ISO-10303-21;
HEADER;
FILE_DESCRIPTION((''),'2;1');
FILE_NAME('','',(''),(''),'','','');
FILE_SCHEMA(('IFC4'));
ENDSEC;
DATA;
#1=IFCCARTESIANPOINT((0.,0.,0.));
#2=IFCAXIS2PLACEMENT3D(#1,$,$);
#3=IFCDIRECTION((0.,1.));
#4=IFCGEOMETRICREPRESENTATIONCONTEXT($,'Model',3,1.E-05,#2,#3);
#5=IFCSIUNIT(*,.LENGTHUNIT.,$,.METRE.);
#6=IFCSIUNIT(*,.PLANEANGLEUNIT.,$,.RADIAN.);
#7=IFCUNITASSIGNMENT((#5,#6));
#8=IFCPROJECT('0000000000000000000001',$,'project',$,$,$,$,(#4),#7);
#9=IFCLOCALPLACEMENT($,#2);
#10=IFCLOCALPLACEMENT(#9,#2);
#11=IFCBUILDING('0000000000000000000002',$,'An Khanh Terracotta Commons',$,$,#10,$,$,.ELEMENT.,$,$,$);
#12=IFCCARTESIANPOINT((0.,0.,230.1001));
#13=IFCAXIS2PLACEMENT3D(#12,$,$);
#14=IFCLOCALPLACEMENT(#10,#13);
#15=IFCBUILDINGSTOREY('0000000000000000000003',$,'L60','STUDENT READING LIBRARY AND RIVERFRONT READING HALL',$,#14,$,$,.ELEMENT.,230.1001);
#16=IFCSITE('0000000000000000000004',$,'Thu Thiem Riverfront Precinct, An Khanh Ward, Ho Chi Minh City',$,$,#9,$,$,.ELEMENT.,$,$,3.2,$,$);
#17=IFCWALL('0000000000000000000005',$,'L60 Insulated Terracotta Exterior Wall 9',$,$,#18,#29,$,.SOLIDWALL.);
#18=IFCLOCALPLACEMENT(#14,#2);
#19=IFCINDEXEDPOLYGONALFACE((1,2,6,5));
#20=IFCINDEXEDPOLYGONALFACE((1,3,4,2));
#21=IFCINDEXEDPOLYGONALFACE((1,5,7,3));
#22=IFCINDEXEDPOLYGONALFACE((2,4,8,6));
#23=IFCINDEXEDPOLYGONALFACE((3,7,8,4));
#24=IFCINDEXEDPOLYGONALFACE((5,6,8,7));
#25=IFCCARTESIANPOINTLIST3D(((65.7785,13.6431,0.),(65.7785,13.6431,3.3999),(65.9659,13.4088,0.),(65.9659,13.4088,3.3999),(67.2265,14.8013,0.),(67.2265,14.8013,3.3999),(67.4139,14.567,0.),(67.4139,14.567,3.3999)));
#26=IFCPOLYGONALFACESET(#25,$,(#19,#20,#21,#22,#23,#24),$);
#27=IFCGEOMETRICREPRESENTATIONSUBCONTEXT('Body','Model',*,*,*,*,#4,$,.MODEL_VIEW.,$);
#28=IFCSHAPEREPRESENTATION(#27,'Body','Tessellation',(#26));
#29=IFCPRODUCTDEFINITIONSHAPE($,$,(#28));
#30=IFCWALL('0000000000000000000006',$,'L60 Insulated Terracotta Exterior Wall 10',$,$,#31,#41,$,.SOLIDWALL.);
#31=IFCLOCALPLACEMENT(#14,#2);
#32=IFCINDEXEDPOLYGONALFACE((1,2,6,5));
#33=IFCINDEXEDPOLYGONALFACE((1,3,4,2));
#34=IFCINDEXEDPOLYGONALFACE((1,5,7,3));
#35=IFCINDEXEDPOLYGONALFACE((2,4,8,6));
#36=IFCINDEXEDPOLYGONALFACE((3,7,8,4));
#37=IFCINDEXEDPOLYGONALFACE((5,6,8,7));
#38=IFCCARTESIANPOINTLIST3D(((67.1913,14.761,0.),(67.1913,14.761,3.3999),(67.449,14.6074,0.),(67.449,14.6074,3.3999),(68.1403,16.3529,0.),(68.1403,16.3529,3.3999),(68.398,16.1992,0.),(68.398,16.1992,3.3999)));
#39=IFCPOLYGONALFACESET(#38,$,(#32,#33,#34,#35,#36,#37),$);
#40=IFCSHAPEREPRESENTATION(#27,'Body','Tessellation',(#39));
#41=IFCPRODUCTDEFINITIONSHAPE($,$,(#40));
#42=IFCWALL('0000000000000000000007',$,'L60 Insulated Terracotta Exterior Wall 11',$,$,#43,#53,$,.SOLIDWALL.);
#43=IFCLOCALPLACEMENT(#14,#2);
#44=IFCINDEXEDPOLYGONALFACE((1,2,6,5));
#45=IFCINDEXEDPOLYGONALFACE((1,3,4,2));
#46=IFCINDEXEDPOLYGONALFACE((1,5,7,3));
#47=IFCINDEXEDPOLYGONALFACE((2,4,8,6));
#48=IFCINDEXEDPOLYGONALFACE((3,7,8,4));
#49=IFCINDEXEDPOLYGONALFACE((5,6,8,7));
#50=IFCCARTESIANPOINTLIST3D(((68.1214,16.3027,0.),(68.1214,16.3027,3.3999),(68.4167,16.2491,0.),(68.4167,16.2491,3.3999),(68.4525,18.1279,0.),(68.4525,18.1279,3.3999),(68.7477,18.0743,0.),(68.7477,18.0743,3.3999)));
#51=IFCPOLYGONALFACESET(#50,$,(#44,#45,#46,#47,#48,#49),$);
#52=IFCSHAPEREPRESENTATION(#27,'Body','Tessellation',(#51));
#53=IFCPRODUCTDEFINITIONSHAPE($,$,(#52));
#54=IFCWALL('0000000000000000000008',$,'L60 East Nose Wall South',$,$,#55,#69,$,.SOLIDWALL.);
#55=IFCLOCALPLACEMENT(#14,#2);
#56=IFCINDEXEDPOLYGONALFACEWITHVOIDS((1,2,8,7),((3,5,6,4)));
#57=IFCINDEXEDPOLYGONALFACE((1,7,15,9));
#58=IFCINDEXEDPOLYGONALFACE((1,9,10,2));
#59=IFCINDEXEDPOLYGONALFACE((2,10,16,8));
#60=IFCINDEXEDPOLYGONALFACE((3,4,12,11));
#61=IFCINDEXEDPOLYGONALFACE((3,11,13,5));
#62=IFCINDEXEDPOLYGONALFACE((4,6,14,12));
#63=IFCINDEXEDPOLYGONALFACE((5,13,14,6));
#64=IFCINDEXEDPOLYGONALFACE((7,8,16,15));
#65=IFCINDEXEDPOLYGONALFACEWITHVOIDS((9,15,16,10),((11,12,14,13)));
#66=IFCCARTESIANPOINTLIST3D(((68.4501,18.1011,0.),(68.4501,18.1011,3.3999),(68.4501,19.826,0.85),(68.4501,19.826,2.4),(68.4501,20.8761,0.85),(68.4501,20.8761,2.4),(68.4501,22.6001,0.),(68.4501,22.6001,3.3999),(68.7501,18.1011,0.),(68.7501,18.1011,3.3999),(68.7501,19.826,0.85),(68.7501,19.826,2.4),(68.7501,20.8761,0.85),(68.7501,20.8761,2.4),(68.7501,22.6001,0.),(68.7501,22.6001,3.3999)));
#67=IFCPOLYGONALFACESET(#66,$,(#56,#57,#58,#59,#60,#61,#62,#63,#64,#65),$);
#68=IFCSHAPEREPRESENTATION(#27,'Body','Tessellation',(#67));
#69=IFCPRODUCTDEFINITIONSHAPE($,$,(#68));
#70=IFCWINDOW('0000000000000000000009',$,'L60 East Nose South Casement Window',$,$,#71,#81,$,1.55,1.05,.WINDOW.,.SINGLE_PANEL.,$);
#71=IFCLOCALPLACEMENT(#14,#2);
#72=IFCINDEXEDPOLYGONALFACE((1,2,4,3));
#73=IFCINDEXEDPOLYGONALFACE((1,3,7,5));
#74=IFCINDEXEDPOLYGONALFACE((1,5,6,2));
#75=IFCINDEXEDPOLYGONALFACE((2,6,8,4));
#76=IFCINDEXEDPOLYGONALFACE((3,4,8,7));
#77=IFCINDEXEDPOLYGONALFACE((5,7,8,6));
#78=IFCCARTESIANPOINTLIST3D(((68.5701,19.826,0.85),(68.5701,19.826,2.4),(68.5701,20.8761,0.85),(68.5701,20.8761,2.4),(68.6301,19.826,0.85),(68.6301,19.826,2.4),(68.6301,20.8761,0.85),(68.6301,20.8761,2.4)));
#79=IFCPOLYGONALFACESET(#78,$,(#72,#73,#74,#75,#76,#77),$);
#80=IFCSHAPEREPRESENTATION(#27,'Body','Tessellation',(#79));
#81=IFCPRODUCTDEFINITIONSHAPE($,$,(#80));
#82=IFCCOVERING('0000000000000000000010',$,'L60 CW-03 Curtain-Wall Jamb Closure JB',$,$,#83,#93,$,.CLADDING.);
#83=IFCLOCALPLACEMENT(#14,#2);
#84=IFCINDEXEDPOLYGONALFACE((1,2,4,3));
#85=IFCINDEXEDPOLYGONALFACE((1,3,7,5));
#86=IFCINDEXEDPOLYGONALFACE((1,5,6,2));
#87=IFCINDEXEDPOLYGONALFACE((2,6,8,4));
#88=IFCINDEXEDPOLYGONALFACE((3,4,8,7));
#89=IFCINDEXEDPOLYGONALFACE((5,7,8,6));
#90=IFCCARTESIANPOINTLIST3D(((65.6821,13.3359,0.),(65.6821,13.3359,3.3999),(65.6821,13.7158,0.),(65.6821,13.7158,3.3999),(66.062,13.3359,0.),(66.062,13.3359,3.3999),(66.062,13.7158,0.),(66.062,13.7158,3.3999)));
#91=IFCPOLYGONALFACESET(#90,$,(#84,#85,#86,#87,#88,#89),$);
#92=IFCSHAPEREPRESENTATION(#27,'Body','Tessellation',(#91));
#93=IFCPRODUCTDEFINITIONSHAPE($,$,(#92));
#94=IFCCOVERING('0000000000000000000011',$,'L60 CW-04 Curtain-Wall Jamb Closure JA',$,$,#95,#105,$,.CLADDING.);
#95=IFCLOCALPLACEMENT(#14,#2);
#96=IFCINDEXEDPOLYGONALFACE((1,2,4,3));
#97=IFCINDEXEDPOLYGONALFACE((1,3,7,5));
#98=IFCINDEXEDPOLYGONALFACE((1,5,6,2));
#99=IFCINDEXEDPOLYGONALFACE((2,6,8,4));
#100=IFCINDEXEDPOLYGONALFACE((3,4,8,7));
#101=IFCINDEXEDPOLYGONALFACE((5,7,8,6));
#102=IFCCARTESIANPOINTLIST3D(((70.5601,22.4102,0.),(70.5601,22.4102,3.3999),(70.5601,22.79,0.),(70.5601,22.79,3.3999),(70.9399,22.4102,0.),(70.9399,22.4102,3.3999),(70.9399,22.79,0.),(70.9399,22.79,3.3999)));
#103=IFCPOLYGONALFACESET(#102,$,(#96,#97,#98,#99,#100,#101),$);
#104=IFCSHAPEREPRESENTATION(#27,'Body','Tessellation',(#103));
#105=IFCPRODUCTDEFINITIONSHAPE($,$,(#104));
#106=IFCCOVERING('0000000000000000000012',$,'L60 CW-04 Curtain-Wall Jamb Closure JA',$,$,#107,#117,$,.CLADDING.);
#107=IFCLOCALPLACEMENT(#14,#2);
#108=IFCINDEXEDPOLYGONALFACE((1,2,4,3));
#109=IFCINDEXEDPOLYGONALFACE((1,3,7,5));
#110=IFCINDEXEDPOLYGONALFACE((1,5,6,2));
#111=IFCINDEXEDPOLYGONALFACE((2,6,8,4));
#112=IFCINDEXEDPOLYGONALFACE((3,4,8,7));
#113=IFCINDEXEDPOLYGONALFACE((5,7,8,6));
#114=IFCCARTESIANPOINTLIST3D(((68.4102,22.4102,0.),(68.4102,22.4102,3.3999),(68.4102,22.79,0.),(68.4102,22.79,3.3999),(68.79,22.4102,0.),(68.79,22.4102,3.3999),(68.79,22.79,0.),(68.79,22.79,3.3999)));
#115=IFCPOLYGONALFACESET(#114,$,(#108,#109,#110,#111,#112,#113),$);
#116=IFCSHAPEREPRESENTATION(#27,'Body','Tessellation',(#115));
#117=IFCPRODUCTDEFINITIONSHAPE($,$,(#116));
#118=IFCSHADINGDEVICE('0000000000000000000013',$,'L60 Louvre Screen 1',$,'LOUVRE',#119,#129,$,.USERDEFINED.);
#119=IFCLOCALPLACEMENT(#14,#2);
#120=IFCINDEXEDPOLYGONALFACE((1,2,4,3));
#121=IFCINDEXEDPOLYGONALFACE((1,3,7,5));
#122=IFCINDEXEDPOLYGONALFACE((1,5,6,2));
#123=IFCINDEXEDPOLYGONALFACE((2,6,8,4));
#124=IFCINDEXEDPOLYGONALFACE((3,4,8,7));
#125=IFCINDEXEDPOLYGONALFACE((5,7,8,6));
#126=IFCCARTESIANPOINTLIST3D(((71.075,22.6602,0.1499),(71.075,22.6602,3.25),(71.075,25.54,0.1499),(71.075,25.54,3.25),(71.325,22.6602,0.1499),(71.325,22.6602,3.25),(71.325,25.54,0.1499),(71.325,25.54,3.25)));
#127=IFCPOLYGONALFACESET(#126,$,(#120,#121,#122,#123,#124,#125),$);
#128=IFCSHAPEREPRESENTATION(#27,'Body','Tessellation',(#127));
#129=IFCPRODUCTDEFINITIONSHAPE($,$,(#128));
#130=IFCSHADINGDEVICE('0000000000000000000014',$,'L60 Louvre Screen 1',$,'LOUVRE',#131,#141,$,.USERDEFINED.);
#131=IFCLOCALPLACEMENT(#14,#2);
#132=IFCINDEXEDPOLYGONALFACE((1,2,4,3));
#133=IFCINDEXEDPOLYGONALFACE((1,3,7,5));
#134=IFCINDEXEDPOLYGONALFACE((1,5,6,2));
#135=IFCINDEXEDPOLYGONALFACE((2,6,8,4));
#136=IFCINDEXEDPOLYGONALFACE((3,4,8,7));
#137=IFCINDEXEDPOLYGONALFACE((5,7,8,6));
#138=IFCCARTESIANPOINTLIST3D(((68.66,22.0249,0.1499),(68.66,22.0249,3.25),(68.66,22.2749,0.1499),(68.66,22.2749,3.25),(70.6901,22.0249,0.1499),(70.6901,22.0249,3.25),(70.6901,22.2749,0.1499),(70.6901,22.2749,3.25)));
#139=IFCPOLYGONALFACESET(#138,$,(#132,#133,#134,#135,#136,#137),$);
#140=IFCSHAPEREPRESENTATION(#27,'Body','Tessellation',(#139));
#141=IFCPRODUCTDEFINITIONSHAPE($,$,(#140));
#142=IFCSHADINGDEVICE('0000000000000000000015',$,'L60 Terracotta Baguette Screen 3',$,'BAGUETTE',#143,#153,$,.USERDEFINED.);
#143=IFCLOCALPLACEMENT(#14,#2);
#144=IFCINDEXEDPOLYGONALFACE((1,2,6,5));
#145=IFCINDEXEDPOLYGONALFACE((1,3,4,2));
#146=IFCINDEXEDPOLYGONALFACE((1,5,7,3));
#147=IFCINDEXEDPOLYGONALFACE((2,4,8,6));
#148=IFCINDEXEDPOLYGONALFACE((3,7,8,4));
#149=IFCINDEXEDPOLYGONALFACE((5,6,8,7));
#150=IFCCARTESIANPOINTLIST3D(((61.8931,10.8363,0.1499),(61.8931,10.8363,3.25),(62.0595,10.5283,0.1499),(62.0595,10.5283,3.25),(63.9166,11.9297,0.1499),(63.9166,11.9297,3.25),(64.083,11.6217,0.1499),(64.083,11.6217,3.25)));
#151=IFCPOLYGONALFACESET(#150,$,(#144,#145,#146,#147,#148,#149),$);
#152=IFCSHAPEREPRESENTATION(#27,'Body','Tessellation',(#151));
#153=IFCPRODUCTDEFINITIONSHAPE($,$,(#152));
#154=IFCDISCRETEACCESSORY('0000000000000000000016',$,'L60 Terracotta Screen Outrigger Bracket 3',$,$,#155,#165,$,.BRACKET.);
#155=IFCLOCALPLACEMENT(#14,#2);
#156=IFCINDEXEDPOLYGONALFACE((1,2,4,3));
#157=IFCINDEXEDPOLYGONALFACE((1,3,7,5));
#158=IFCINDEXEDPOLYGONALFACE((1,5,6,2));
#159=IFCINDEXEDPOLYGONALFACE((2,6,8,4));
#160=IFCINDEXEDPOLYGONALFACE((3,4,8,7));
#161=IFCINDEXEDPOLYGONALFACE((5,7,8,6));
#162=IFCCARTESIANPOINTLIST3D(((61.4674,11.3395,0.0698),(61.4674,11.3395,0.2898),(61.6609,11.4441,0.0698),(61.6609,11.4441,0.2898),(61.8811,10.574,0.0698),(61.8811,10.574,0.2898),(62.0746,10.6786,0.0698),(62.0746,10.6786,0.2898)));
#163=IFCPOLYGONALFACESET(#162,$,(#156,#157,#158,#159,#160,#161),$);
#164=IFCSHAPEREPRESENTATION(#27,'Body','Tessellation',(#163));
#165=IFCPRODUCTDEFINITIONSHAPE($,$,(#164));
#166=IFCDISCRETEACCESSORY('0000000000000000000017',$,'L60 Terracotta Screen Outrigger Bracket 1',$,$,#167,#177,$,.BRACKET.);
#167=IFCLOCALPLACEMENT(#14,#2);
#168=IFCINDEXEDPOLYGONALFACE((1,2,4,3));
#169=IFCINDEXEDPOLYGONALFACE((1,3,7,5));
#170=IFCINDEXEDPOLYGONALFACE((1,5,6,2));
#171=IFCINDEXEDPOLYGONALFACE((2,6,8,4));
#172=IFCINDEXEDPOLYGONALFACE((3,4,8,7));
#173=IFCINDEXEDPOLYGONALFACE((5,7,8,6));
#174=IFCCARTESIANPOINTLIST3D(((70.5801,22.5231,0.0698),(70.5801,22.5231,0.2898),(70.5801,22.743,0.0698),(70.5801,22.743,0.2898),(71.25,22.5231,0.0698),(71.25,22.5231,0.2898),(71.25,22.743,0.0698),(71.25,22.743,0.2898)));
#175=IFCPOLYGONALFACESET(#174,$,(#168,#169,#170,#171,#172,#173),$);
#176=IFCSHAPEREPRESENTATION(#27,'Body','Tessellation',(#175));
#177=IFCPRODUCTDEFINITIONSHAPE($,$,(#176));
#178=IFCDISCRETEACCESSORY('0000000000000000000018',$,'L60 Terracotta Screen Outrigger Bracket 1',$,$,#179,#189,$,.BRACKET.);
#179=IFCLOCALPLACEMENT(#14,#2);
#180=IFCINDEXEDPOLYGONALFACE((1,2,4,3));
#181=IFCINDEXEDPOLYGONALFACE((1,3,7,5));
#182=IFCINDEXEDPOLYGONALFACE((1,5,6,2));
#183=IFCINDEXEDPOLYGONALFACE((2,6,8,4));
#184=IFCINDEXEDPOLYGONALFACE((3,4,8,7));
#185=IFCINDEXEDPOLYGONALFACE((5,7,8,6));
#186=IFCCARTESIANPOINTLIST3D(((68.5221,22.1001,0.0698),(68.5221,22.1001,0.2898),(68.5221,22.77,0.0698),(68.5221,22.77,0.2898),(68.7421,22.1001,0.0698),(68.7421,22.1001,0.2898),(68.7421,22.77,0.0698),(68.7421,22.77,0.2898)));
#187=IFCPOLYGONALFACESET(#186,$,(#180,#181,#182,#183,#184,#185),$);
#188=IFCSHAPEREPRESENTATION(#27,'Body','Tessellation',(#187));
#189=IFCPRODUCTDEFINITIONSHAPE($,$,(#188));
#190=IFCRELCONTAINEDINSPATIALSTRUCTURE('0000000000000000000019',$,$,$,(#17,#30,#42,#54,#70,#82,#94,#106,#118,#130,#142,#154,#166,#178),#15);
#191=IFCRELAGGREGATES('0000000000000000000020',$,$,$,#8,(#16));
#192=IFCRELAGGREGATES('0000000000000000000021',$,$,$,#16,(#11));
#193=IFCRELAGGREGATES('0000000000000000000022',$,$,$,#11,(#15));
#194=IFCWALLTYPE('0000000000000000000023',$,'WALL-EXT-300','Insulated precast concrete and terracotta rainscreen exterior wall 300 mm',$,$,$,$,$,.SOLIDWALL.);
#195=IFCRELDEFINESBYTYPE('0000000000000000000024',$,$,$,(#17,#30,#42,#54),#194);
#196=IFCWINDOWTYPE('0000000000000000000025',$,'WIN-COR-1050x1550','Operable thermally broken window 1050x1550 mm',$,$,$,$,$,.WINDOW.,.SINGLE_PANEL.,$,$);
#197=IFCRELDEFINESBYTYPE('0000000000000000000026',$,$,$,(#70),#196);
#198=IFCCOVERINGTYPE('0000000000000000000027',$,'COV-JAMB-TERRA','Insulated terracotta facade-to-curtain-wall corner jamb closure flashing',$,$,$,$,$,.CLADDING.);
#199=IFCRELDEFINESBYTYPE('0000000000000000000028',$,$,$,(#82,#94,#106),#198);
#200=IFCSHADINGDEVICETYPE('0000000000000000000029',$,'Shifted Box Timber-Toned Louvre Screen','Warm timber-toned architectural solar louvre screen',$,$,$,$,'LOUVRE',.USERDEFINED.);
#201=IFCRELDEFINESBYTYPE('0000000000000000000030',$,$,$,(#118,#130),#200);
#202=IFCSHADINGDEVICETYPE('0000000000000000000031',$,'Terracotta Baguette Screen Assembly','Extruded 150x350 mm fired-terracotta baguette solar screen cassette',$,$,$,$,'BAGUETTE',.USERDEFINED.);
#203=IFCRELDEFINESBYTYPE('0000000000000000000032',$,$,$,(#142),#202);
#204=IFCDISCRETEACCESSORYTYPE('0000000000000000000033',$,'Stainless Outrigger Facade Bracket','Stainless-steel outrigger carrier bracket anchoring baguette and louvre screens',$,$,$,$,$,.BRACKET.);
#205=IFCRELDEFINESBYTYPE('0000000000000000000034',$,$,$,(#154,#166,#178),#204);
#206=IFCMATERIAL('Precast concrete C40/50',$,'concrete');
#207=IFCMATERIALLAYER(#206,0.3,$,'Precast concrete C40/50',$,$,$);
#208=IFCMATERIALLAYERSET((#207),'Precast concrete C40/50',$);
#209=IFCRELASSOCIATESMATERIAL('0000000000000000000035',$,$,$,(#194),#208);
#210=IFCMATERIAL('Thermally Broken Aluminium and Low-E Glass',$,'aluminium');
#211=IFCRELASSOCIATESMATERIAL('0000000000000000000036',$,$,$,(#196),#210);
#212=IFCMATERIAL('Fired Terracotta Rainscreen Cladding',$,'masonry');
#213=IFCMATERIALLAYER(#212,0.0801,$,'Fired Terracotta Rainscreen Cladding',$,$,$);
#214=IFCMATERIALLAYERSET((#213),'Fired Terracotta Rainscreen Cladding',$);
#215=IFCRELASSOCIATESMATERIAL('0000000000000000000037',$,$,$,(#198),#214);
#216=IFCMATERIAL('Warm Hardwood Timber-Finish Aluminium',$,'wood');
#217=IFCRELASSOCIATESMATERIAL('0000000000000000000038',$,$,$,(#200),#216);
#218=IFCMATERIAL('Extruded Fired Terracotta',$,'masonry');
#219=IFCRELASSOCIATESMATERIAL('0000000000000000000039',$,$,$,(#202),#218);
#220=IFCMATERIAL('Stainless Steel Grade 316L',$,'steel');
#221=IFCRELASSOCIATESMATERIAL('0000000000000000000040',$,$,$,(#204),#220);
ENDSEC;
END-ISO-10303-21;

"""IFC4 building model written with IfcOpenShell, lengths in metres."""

from ifc_helpers import new_model, si_unit, direction, frame, frame_2d, origin, origin_2d, place, context, subcontext, project, spatial, rectangle, extrude, material, layer, layer_set, type_object, element, fill, save


model = new_model("IFC4")

# Units and contexts
model_context = context("Model", 3, precision=1e-05, world=origin(), true_north=direction((0.0, 1.0)))
body_context = subcontext(model_context, "Body", "Model", "MODEL_VIEW")
ifc_project = project(units=[si_unit("LENGTHUNIT", "METRE"), si_unit("PLANEANGLEUNIT", "RADIAN")], contexts=[model_context])

# Site, building, storey
site_placement = place(None, origin())
site = spatial("IfcSite", under=ifc_project, at=site_placement, Name="Thu Thiem Riverfront Precinct, An Khanh Ward, Ho Chi Minh City", CompositionType="ELEMENT", RefElevation=3.2)
building_placement = place(site_placement, origin())
building = spatial("IfcBuilding", under=site, at=building_placement, Name="An Khanh Terracotta Commons", CompositionType="ELEMENT")
storey_placement = place(building_placement, frame((0.0, 0.0, 230.1001)))
storey = spatial("IfcBuildingStorey", under=building, at=storey_placement, Name="L60", Description="STUDENT READING LIBRARY AND RIVERFRONT READING HALL", CompositionType="ELEMENT", Elevation=230.1001)

# Walls
ifc_material_1 = material(Name="Precast concrete C40/50", Category="concrete")
ifc_layer_1 = layer(ifc_material_1, 0.3, Name="Precast concrete C40/50")
ifc_layer_set_1 = layer_set([ifc_layer_1], Name="Precast concrete C40/50")
wall_type = type_object("IfcWallType", Name="WALL-EXT-300", Description="Insulated precast concrete and terracotta rainscreen exterior wall 300 mm", PredefinedType="SOLIDWALL", material=ifc_layer_set_1)
wall_1_placement = place(storey_placement, frame((65.8721, 13.5259, 0.0), z_axis=(0.0, 0.0, 1.0), x_axis=(0.78092, 0.624631, 0.0)))
element("IfcWall", 1, at=wall_1_placement, inside=storey, type_object=wall_type, Name="L60 Insulated Terracotta Exterior Wall 9", PredefinedType="SOLIDWALL", context=body_context, shape_type="SweptSolid", body=[
    extrude(rectangle(XDim=1.8542, YDim=0.3, at=frame_2d((0.9272, 0.0))), origin(), (0.0, 0.0, 1.0), 3.3999),
])
wall_2_placement = place(storey_placement, frame((67.3201, 14.6841, 0.0), z_axis=(0.0, 0.0, 1.0), x_axis=(0.512072, 0.858943, 0.0)))
element("IfcWall", 2, at=wall_2_placement, inside=storey, type_object=wall_type, Name="L60 Insulated Terracotta Exterior Wall 10", PredefinedType="SOLIDWALL", context=body_context, shape_type="SweptSolid", body=[
    extrude(rectangle(XDim=1.8533, YDim=0.3, at=frame_2d((0.9268, 0.0))), origin(), (0.0, 0.0, 1.0), 3.3999),
])
wall_3_placement = place(storey_placement, frame((68.269, 16.2759, 0.0), z_axis=(0.0, 0.0, 1.0), x_axis=(0.178468, 0.983946, 0.0)))
element("IfcWall", 3, at=wall_3_placement, inside=storey, type_object=wall_type, Name="L60 Insulated Terracotta Exterior Wall 11", PredefinedType="SOLIDWALL", context=body_context, shape_type="SweptSolid", body=[
    extrude(rectangle(XDim=1.855, YDim=0.3, at=frame_2d((0.9275, 0.0))), origin(), (0.0, 0.0, 1.0), 3.3999),
])

# Wall, opening, window
wall_4_placement = place(storey_placement, frame((68.6001, 18.1011, 0.0), z_axis=(0.0, 0.0, 1.0), x_axis=(0.0, 1.0, 0.0)))
wall_4 = element("IfcWall", 4, at=wall_4_placement, inside=storey, type_object=wall_type, Name="L60 East Nose Wall South", PredefinedType="SOLIDWALL", context=body_context, shape_type="SweptSolid", body=[
    extrude(rectangle(XDim=4.499, YDim=0.3, at=frame_2d((2.2495, 0.0))), origin(), (0.0, 0.0, 1.0), 3.3999),
])
opening_placement = place(wall_4_placement, frame((1.7251, 0.0, 0.8501)))
opening = element("IfcOpeningElement", 5, at=opening_placement, cuts=wall_4, PredefinedType="OPENING", context=body_context, shape_type="SweptSolid", body=[
    extrude(rectangle(XDim=1.05, YDim=1.55, at=frame_2d((0.5249, 0.7749))), frame((0.0, 0.1599, 0.0), z_axis=(0.0, -1.0, 0.0), x_axis=(1.0, 0.0, 0.0)), (0.0, 0.0, 1.0), 0.3201),
])
ifc_material_2 = material(Name="Thermally Broken Aluminium and Low-E Glass", Category="aluminium")
window_type = type_object("IfcWindowType", Name="WIN-COR-1050x1550", Description="Operable thermally broken window 1050x1550 mm", PartitioningType="SINGLE_PANEL", PredefinedType="WINDOW", material=ifc_material_2)
window_placement = place(opening_placement, origin())
window = element("IfcWindow", 6, at=window_placement, inside=storey, type_object=window_type, Name="L60 East Nose South Casement Window", OverallHeight=1.55, OverallWidth=1.05, PartitioningType="SINGLE_PANEL", PredefinedType="WINDOW", context=body_context, shape_type="SweptSolid", body=[
    extrude(rectangle(XDim=1.05, YDim=1.55, at=frame_2d((0.5249, 0.7749))), frame((0.0, 0.03, 0.0), z_axis=(0.0, -1.0, 0.0), x_axis=(1.0, 0.0, 0.0)), (0.0, 0.0, 1.0), 0.0601),
])
fill(opening, window)

# Coverings
ifc_material_3 = material(Name="Fired Terracotta Rainscreen Cladding", Category="masonry")
ifc_layer_2 = layer(ifc_material_3, 0.0801, Name="Fired Terracotta Rainscreen Cladding")
ifc_layer_set_2 = layer_set([ifc_layer_2], Name="Fired Terracotta Rainscreen Cladding")
covering_type = type_object("IfcCoveringType", Name="COV-JAMB-TERRA", Description="Insulated terracotta facade-to-curtain-wall corner jamb closure flashing", PredefinedType="CLADDING", material=ifc_layer_set_2)
for number, where, z_axis, x_axis, name in (
    (7, (65.8721, 13.5259, 0.0), (0.0, 0.0, 1.0), (1.0, 0.0, 0.0), "L60 CW-03 Curtain-Wall Jamb Closure JB"),
    (8, (70.75, 22.6001, 0.0), (0.0, 0.0, 1.0), (1.0, 0.0, 0.0), "L60 CW-04 Curtain-Wall Jamb Closure JA"),
    (9, (68.6001, 22.6001, 0.0), (0.0, 0.0, 1.0), (1.0, 0.0, 0.0), "L60 CW-04 Curtain-Wall Jamb Closure JA"),
):
    element("IfcCovering", number, at=place(storey_placement, frame(where, z_axis=z_axis, x_axis=x_axis)), inside=storey, type_object=covering_type, Name=name, PredefinedType="CLADDING", context=body_context, shape_type="SweptSolid", body=[
        extrude(rectangle(XDim=0.3799, YDim=0.3799, at=origin_2d()), origin(), (0.0, 0.0, 1.0), 3.3999),
    ])

# Shading devices
ifc_material_4 = material(Name="Warm Hardwood Timber-Finish Aluminium", Category="wood")
shading_device_type_1 = type_object("IfcShadingDeviceType", Name="Shifted Box Timber-Toned Louvre Screen", Description="Warm timber-toned architectural solar louvre screen", ElementType="LOUVRE", PredefinedType="USERDEFINED", material=ifc_material_4)
shading_device_1_placement = place(storey_placement, frame((71.2, 24.1001, 0.1499), z_axis=(0.0, 0.0, 1.0), x_axis=(0.0, 1.0, 0.0)))
element("IfcShadingDevice", 10, at=shading_device_1_placement, inside=storey, type_object=shading_device_type_1, Name="L60 Louvre Screen 1", ObjectType="LOUVRE", PredefinedType="USERDEFINED", context=body_context, shape_type="SweptSolid", body=[
    extrude(rectangle(XDim=2.8799, YDim=0.25, at=origin_2d()), origin(), (0.0, 0.0, 1.0), 3.1001),
])
shading_device_2_placement = place(storey_placement, frame((69.675, 22.1499, 0.1499), z_axis=(0.0, 0.0, 1.0), x_axis=(1.0, 0.0, 0.0)))
element("IfcShadingDevice", 11, at=shading_device_2_placement, inside=storey, type_object=shading_device_type_1, Name="L60 Louvre Screen 1", ObjectType="LOUVRE", PredefinedType="USERDEFINED", context=body_context, shape_type="SweptSolid", body=[
    extrude(rectangle(XDim=2.03, YDim=0.25, at=origin_2d()), origin(), (0.0, 0.0, 1.0), 3.1001),
])
ifc_material_5 = material(Name="Extruded Fired Terracotta", Category="masonry")
shading_device_type_2 = type_object("IfcShadingDeviceType", Name="Terracotta Baguette Screen Assembly", Description="Extruded 150x350 mm fired-terracotta baguette solar screen cassette", ElementType="BAGUETTE", PredefinedType="USERDEFINED", material=ifc_material_5)
shading_device_3_placement = place(storey_placement, frame((62.988, 11.229, 0.1499), z_axis=(0.0, 0.0, 1.0), x_axis=(0.87978, 0.475381, 0.0)))
element("IfcShadingDevice", 12, at=shading_device_3_placement, inside=storey, type_object=shading_device_type_2, Name="L60 Terracotta Baguette Screen 3", ObjectType="BAGUETTE", PredefinedType="USERDEFINED", context=body_context, shape_type="SweptSolid", body=[
    extrude(rectangle(XDim=2.3, YDim=0.3501, at=origin_2d()), origin(), (0.0, 0.0, 1.0), 3.1001),
])

# Discrete accessories
ifc_material_6 = material(Name="Stainless Steel Grade 316L", Category="steel")
discrete_accessory_type = type_object("IfcDiscreteAccessoryType", Name="Stainless Outrigger Facade Bracket", Description="Stainless-steel outrigger carrier bracket anchoring baguette and louvre screens", PredefinedType="BRACKET", material=ifc_material_6)
discrete_accessory_placement = place(storey_placement, frame((61.771, 11.009, 0.0698), z_axis=(0.0, 0.0, 1.0), x_axis=(0.87978, 0.475381, 0.0)))
element("IfcDiscreteAccessory", 13, at=discrete_accessory_placement, inside=storey, type_object=discrete_accessory_type, Name="L60 Terracotta Screen Outrigger Bracket 3", PredefinedType="BRACKET", context=body_context, shape_type="SweptSolid", body=[
    extrude(rectangle(XDim=0.22, YDim=0.8701, at=origin_2d()), origin(), (0.0, 0.0, 1.0), 0.22),
])
for number, where, z_axis, x_axis, name in (
    (14, (70.915, 22.6331, 0.0698), (0.0, 0.0, 1.0), (0.0, 1.0, 0.0), "L60 Terracotta Screen Outrigger Bracket 1"),
    (15, (68.6321, 22.4351, 0.0698), (0.0, 0.0, 1.0), (1.0, 0.0, 0.0), "L60 Terracotta Screen Outrigger Bracket 1"),
):
    element("IfcDiscreteAccessory", number, at=place(storey_placement, frame(where, z_axis=z_axis, x_axis=x_axis)), inside=storey, type_object=discrete_accessory_type, Name=name, PredefinedType="BRACKET", context=body_context, shape_type="SweptSolid", body=[
        extrude(rectangle(XDim=0.22, YDim=0.6699, at=origin_2d()), origin(), (0.0, 0.0, 1.0), 0.22),
    ])

save(model, "model.ifc")
